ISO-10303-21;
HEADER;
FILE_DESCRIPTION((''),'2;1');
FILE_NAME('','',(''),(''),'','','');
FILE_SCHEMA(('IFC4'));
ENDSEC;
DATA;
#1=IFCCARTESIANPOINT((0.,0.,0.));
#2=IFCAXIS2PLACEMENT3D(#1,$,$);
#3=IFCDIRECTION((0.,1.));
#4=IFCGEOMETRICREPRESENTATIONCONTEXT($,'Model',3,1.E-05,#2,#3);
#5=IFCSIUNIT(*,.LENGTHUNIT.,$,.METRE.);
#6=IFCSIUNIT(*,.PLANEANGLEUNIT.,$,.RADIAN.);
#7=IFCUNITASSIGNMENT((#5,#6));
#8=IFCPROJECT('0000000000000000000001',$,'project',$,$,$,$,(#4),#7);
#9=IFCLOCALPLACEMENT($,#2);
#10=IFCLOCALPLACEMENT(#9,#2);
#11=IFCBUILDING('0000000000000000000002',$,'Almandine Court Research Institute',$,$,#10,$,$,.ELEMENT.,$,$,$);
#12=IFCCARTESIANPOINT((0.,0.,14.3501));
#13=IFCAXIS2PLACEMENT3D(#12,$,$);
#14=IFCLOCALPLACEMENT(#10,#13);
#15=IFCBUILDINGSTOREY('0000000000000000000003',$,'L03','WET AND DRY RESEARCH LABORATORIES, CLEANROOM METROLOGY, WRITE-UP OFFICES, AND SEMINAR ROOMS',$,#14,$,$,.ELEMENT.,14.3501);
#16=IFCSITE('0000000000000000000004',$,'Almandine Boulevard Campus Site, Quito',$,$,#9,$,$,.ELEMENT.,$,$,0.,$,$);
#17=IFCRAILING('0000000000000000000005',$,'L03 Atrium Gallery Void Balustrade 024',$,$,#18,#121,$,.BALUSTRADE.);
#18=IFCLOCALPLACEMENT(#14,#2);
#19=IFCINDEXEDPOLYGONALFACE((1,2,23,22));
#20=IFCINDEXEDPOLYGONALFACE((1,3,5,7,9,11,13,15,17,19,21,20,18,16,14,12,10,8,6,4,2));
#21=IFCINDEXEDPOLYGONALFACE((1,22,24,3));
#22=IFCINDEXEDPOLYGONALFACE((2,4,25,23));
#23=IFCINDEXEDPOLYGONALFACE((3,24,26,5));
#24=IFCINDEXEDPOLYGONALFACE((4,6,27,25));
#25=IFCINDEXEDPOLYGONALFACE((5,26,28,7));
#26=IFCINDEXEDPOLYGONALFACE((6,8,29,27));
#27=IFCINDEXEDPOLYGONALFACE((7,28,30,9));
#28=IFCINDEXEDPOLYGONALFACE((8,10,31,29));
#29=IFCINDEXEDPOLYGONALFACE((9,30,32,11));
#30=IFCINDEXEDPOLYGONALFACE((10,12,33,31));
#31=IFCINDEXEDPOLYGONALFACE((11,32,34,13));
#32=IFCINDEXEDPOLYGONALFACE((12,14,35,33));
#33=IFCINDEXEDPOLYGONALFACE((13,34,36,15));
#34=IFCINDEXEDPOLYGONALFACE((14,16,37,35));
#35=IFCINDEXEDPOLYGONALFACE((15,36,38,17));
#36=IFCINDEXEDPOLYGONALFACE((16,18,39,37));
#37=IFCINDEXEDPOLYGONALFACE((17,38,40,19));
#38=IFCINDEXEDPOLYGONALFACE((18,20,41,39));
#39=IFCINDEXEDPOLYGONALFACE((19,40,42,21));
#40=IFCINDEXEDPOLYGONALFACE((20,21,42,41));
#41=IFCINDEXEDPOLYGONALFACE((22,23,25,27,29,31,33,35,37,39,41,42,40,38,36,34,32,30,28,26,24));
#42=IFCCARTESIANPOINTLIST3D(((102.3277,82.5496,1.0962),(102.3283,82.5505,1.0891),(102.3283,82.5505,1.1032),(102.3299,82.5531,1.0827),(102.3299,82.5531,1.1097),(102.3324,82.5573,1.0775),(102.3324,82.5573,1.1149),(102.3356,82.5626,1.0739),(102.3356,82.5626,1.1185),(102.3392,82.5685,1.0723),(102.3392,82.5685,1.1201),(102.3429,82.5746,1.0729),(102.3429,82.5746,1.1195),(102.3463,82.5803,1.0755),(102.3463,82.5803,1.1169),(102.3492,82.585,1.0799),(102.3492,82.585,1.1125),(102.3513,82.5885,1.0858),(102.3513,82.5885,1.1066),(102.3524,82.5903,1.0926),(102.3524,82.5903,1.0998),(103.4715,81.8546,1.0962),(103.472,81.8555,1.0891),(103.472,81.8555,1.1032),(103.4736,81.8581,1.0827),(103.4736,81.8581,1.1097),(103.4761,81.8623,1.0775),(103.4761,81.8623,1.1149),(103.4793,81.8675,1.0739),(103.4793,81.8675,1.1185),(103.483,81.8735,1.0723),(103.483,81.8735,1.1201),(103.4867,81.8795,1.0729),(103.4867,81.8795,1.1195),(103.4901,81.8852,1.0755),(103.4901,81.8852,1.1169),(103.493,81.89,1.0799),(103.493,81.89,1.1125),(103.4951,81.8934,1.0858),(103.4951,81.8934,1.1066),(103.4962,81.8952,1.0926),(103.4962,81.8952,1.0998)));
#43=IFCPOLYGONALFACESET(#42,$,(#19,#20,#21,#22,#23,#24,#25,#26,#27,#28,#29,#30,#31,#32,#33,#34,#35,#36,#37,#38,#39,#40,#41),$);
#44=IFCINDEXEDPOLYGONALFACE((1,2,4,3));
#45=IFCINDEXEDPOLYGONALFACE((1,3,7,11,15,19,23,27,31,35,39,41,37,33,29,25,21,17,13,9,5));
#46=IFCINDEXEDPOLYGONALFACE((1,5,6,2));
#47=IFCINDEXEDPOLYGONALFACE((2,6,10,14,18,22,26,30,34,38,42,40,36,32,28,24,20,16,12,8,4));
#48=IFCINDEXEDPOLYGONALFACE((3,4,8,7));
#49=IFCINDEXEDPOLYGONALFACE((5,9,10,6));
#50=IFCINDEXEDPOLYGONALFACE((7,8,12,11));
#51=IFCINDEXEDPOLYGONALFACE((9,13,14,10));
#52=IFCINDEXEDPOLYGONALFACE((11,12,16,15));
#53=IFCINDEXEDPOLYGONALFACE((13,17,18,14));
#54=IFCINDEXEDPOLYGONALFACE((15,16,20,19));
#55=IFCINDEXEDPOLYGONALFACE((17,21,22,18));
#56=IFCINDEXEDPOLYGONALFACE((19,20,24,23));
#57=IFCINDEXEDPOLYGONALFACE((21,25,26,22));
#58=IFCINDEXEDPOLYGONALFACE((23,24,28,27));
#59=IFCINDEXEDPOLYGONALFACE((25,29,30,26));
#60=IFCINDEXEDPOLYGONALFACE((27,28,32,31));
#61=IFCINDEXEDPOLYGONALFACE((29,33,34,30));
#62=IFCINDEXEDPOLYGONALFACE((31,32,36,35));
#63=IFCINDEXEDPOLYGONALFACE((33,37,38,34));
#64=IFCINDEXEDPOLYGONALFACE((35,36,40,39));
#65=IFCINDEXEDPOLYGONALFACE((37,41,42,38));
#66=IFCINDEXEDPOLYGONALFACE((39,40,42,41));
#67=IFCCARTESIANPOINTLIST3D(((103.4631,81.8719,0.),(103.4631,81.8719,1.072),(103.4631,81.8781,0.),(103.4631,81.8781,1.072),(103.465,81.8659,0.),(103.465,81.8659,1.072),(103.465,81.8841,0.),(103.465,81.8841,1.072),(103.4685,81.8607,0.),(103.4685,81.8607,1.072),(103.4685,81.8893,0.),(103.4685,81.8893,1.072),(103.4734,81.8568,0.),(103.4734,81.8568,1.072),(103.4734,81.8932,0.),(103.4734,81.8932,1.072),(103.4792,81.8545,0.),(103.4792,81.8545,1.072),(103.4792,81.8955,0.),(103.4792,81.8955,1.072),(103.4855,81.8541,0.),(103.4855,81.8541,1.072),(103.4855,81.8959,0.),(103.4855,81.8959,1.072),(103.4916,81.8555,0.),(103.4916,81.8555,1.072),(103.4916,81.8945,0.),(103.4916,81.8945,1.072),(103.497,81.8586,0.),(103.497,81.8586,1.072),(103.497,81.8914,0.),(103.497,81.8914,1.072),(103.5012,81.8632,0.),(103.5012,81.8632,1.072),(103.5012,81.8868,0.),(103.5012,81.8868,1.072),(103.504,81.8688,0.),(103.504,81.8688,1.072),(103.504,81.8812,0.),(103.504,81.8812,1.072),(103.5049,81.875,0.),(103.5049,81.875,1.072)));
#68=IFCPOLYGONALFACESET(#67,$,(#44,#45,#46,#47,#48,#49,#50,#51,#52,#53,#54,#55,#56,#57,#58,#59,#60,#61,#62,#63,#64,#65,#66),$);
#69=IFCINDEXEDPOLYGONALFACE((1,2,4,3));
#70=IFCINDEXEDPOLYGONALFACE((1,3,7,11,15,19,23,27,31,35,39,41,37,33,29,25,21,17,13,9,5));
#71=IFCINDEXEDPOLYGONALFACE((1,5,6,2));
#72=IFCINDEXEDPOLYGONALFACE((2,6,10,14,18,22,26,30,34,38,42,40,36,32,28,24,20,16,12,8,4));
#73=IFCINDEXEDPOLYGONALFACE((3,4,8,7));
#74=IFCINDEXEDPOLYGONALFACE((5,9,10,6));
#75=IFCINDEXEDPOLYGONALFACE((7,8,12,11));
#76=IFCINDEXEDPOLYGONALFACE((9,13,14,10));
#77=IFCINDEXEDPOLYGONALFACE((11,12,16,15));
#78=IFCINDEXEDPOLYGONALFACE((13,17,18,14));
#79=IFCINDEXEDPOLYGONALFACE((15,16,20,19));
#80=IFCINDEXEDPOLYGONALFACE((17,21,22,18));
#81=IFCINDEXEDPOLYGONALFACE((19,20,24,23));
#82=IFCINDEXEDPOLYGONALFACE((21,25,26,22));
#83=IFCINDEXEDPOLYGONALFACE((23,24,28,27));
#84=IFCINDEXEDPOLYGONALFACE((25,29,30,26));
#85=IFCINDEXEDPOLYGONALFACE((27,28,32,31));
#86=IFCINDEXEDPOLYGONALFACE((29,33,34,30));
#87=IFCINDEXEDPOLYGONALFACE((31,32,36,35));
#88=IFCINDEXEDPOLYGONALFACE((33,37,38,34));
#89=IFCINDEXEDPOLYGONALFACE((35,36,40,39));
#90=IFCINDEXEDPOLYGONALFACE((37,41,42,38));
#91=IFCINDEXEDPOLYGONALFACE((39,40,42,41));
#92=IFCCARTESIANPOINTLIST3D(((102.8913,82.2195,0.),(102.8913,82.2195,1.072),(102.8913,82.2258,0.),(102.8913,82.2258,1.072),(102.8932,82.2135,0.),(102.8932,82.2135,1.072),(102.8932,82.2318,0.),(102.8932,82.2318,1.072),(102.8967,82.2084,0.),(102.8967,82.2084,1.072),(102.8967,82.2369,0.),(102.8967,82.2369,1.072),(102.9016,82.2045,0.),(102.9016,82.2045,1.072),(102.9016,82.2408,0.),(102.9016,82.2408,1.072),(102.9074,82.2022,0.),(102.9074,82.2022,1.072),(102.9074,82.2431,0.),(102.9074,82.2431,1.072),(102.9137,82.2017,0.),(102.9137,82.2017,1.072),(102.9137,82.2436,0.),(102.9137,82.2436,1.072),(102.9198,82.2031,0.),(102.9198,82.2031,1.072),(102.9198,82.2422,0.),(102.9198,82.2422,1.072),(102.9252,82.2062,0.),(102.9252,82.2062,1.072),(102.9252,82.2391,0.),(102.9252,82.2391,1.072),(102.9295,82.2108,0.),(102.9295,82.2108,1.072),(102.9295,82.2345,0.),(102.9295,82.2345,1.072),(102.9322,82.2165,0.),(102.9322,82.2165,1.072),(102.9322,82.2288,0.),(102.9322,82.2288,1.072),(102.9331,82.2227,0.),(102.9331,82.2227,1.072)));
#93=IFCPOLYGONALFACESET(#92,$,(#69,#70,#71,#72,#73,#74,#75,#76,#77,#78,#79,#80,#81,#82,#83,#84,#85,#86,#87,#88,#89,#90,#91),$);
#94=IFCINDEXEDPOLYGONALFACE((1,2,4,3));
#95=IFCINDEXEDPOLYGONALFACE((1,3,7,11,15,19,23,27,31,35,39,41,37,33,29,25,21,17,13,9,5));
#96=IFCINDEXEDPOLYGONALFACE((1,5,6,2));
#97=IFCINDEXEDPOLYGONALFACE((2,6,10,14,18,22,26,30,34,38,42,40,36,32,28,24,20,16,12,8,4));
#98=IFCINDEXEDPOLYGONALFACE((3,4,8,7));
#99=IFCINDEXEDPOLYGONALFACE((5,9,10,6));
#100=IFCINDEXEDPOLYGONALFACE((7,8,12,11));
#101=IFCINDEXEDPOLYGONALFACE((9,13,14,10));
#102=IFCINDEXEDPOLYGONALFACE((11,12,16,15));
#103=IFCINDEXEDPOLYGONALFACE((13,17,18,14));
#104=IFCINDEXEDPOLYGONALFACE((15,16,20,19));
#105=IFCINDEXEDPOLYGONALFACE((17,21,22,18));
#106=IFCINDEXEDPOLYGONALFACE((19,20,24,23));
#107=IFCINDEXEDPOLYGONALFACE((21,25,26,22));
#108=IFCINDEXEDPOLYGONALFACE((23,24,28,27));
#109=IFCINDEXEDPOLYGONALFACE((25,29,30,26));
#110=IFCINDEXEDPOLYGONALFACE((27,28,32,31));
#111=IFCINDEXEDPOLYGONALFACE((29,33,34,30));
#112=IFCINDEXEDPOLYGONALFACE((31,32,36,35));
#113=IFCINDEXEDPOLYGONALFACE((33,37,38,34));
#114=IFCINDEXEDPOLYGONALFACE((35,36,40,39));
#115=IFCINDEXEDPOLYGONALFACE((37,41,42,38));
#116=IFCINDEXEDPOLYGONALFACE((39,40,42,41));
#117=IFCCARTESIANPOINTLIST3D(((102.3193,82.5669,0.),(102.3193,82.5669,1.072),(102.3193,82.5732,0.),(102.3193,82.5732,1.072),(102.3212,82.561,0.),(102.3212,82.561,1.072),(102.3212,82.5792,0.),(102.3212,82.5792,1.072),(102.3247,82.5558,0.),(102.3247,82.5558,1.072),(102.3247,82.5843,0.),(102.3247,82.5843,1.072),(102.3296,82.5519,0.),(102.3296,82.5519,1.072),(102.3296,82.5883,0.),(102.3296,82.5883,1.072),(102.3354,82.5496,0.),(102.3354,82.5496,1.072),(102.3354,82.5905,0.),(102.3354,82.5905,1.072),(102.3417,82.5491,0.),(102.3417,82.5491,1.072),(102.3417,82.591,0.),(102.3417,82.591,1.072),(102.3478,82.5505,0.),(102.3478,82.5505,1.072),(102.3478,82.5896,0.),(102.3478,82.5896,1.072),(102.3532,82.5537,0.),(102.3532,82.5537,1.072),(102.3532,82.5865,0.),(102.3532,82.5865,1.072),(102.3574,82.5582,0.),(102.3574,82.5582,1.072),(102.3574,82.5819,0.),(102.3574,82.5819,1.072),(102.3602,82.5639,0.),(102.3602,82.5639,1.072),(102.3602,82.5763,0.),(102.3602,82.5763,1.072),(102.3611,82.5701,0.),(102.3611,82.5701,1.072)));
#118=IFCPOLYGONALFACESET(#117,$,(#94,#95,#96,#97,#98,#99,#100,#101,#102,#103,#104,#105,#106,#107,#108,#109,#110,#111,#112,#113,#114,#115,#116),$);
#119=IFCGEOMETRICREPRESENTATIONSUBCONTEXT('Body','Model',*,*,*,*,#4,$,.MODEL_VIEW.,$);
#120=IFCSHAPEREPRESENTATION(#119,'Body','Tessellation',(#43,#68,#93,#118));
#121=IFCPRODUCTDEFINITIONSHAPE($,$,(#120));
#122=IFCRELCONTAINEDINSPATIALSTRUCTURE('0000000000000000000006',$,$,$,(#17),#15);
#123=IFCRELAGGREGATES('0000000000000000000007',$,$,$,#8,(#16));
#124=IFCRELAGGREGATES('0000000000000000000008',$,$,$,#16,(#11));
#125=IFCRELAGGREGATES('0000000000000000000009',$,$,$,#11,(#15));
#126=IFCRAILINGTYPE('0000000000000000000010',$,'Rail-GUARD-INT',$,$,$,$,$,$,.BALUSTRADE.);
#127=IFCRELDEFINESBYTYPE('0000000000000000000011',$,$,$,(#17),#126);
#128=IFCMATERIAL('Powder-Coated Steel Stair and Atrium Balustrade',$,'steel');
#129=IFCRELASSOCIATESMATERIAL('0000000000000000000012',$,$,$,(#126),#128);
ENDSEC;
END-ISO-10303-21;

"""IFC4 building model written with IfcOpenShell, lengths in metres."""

from ifc_helpers import new_model, si_unit, direction, frame, origin, origin_2d, place, context, subcontext, project, spatial, circle, extrude, material, type_object, element, save


model = new_model("IFC4")

# Units and contexts
model_context = context("Model", 3, precision=1e-05, world=origin(), true_north=direction((0.0, 1.0)))
body_context = subcontext(model_context, "Body", "Model", "MODEL_VIEW")
ifc_project = project(units=[si_unit("LENGTHUNIT", "METRE"), si_unit("PLANEANGLEUNIT", "RADIAN")], contexts=[model_context])

# Site, building, storey
site_placement = place(None, origin())
site = spatial("IfcSite", under=ifc_project, at=site_placement, Name="Almandine Boulevard Campus Site, Quito", CompositionType="ELEMENT", RefElevation=0.0)
building_placement = place(site_placement, origin())
building = spatial("IfcBuilding", under=site, at=building_placement, Name="Almandine Court Research Institute", CompositionType="ELEMENT")
storey_placement = place(building_placement, frame((0.0, 0.0, 14.3501)))
storey = spatial("IfcBuildingStorey", under=building, at=storey_placement, Name="L03", Description="WET AND DRY RESEARCH LABORATORIES, CLEANROOM METROLOGY, WRITE-UP OFFICES, AND SEMINAR ROOMS", CompositionType="ELEMENT", Elevation=14.3501)

# Railing
ifc_material_1 = material(Name="Powder-Coated Steel Stair and Atrium Balustrade", Category="steel")
railing_type = type_object("IfcRailingType", Name="Rail-GUARD-INT", PredefinedType="BALUSTRADE", material=ifc_material_1)
railing_1_placement = place(storey_placement, frame((103.4839, 81.875, 0.0)))
element("IfcRailing", 1, at=railing_1_placement, inside=storey, type_object=railing_type, Name="L03 Atrium Gallery Void Balustrade 024", PredefinedType="BALUSTRADE", context=body_context, shape_type="SweptSolid", body=[
    extrude(circle(Radius=0.0239, at=origin_2d()), frame((0.0, 0.0, 1.0962), z_axis=(-0.854582, 0.519316, 0.0), x_axis=(-0.519316, -0.854582, 0.0)), (0.0, 0.0, 1.0), 1.3384),
    extrude(circle(Radius=0.021, at=origin_2d()), origin(), (0.0, 0.0, 1.0), 1.072),
    extrude(circle(Radius=0.021, at=origin_2d()), frame((-0.5718, 0.3477, 0.0)), (0.0, 0.0, 1.0), 1.072),
    extrude(circle(Radius=0.021, at=origin_2d()), frame((-1.1438, 0.6951, 0.0)), (0.0, 0.0, 1.0), 1.072),
])

save(model, "model.ifc")
